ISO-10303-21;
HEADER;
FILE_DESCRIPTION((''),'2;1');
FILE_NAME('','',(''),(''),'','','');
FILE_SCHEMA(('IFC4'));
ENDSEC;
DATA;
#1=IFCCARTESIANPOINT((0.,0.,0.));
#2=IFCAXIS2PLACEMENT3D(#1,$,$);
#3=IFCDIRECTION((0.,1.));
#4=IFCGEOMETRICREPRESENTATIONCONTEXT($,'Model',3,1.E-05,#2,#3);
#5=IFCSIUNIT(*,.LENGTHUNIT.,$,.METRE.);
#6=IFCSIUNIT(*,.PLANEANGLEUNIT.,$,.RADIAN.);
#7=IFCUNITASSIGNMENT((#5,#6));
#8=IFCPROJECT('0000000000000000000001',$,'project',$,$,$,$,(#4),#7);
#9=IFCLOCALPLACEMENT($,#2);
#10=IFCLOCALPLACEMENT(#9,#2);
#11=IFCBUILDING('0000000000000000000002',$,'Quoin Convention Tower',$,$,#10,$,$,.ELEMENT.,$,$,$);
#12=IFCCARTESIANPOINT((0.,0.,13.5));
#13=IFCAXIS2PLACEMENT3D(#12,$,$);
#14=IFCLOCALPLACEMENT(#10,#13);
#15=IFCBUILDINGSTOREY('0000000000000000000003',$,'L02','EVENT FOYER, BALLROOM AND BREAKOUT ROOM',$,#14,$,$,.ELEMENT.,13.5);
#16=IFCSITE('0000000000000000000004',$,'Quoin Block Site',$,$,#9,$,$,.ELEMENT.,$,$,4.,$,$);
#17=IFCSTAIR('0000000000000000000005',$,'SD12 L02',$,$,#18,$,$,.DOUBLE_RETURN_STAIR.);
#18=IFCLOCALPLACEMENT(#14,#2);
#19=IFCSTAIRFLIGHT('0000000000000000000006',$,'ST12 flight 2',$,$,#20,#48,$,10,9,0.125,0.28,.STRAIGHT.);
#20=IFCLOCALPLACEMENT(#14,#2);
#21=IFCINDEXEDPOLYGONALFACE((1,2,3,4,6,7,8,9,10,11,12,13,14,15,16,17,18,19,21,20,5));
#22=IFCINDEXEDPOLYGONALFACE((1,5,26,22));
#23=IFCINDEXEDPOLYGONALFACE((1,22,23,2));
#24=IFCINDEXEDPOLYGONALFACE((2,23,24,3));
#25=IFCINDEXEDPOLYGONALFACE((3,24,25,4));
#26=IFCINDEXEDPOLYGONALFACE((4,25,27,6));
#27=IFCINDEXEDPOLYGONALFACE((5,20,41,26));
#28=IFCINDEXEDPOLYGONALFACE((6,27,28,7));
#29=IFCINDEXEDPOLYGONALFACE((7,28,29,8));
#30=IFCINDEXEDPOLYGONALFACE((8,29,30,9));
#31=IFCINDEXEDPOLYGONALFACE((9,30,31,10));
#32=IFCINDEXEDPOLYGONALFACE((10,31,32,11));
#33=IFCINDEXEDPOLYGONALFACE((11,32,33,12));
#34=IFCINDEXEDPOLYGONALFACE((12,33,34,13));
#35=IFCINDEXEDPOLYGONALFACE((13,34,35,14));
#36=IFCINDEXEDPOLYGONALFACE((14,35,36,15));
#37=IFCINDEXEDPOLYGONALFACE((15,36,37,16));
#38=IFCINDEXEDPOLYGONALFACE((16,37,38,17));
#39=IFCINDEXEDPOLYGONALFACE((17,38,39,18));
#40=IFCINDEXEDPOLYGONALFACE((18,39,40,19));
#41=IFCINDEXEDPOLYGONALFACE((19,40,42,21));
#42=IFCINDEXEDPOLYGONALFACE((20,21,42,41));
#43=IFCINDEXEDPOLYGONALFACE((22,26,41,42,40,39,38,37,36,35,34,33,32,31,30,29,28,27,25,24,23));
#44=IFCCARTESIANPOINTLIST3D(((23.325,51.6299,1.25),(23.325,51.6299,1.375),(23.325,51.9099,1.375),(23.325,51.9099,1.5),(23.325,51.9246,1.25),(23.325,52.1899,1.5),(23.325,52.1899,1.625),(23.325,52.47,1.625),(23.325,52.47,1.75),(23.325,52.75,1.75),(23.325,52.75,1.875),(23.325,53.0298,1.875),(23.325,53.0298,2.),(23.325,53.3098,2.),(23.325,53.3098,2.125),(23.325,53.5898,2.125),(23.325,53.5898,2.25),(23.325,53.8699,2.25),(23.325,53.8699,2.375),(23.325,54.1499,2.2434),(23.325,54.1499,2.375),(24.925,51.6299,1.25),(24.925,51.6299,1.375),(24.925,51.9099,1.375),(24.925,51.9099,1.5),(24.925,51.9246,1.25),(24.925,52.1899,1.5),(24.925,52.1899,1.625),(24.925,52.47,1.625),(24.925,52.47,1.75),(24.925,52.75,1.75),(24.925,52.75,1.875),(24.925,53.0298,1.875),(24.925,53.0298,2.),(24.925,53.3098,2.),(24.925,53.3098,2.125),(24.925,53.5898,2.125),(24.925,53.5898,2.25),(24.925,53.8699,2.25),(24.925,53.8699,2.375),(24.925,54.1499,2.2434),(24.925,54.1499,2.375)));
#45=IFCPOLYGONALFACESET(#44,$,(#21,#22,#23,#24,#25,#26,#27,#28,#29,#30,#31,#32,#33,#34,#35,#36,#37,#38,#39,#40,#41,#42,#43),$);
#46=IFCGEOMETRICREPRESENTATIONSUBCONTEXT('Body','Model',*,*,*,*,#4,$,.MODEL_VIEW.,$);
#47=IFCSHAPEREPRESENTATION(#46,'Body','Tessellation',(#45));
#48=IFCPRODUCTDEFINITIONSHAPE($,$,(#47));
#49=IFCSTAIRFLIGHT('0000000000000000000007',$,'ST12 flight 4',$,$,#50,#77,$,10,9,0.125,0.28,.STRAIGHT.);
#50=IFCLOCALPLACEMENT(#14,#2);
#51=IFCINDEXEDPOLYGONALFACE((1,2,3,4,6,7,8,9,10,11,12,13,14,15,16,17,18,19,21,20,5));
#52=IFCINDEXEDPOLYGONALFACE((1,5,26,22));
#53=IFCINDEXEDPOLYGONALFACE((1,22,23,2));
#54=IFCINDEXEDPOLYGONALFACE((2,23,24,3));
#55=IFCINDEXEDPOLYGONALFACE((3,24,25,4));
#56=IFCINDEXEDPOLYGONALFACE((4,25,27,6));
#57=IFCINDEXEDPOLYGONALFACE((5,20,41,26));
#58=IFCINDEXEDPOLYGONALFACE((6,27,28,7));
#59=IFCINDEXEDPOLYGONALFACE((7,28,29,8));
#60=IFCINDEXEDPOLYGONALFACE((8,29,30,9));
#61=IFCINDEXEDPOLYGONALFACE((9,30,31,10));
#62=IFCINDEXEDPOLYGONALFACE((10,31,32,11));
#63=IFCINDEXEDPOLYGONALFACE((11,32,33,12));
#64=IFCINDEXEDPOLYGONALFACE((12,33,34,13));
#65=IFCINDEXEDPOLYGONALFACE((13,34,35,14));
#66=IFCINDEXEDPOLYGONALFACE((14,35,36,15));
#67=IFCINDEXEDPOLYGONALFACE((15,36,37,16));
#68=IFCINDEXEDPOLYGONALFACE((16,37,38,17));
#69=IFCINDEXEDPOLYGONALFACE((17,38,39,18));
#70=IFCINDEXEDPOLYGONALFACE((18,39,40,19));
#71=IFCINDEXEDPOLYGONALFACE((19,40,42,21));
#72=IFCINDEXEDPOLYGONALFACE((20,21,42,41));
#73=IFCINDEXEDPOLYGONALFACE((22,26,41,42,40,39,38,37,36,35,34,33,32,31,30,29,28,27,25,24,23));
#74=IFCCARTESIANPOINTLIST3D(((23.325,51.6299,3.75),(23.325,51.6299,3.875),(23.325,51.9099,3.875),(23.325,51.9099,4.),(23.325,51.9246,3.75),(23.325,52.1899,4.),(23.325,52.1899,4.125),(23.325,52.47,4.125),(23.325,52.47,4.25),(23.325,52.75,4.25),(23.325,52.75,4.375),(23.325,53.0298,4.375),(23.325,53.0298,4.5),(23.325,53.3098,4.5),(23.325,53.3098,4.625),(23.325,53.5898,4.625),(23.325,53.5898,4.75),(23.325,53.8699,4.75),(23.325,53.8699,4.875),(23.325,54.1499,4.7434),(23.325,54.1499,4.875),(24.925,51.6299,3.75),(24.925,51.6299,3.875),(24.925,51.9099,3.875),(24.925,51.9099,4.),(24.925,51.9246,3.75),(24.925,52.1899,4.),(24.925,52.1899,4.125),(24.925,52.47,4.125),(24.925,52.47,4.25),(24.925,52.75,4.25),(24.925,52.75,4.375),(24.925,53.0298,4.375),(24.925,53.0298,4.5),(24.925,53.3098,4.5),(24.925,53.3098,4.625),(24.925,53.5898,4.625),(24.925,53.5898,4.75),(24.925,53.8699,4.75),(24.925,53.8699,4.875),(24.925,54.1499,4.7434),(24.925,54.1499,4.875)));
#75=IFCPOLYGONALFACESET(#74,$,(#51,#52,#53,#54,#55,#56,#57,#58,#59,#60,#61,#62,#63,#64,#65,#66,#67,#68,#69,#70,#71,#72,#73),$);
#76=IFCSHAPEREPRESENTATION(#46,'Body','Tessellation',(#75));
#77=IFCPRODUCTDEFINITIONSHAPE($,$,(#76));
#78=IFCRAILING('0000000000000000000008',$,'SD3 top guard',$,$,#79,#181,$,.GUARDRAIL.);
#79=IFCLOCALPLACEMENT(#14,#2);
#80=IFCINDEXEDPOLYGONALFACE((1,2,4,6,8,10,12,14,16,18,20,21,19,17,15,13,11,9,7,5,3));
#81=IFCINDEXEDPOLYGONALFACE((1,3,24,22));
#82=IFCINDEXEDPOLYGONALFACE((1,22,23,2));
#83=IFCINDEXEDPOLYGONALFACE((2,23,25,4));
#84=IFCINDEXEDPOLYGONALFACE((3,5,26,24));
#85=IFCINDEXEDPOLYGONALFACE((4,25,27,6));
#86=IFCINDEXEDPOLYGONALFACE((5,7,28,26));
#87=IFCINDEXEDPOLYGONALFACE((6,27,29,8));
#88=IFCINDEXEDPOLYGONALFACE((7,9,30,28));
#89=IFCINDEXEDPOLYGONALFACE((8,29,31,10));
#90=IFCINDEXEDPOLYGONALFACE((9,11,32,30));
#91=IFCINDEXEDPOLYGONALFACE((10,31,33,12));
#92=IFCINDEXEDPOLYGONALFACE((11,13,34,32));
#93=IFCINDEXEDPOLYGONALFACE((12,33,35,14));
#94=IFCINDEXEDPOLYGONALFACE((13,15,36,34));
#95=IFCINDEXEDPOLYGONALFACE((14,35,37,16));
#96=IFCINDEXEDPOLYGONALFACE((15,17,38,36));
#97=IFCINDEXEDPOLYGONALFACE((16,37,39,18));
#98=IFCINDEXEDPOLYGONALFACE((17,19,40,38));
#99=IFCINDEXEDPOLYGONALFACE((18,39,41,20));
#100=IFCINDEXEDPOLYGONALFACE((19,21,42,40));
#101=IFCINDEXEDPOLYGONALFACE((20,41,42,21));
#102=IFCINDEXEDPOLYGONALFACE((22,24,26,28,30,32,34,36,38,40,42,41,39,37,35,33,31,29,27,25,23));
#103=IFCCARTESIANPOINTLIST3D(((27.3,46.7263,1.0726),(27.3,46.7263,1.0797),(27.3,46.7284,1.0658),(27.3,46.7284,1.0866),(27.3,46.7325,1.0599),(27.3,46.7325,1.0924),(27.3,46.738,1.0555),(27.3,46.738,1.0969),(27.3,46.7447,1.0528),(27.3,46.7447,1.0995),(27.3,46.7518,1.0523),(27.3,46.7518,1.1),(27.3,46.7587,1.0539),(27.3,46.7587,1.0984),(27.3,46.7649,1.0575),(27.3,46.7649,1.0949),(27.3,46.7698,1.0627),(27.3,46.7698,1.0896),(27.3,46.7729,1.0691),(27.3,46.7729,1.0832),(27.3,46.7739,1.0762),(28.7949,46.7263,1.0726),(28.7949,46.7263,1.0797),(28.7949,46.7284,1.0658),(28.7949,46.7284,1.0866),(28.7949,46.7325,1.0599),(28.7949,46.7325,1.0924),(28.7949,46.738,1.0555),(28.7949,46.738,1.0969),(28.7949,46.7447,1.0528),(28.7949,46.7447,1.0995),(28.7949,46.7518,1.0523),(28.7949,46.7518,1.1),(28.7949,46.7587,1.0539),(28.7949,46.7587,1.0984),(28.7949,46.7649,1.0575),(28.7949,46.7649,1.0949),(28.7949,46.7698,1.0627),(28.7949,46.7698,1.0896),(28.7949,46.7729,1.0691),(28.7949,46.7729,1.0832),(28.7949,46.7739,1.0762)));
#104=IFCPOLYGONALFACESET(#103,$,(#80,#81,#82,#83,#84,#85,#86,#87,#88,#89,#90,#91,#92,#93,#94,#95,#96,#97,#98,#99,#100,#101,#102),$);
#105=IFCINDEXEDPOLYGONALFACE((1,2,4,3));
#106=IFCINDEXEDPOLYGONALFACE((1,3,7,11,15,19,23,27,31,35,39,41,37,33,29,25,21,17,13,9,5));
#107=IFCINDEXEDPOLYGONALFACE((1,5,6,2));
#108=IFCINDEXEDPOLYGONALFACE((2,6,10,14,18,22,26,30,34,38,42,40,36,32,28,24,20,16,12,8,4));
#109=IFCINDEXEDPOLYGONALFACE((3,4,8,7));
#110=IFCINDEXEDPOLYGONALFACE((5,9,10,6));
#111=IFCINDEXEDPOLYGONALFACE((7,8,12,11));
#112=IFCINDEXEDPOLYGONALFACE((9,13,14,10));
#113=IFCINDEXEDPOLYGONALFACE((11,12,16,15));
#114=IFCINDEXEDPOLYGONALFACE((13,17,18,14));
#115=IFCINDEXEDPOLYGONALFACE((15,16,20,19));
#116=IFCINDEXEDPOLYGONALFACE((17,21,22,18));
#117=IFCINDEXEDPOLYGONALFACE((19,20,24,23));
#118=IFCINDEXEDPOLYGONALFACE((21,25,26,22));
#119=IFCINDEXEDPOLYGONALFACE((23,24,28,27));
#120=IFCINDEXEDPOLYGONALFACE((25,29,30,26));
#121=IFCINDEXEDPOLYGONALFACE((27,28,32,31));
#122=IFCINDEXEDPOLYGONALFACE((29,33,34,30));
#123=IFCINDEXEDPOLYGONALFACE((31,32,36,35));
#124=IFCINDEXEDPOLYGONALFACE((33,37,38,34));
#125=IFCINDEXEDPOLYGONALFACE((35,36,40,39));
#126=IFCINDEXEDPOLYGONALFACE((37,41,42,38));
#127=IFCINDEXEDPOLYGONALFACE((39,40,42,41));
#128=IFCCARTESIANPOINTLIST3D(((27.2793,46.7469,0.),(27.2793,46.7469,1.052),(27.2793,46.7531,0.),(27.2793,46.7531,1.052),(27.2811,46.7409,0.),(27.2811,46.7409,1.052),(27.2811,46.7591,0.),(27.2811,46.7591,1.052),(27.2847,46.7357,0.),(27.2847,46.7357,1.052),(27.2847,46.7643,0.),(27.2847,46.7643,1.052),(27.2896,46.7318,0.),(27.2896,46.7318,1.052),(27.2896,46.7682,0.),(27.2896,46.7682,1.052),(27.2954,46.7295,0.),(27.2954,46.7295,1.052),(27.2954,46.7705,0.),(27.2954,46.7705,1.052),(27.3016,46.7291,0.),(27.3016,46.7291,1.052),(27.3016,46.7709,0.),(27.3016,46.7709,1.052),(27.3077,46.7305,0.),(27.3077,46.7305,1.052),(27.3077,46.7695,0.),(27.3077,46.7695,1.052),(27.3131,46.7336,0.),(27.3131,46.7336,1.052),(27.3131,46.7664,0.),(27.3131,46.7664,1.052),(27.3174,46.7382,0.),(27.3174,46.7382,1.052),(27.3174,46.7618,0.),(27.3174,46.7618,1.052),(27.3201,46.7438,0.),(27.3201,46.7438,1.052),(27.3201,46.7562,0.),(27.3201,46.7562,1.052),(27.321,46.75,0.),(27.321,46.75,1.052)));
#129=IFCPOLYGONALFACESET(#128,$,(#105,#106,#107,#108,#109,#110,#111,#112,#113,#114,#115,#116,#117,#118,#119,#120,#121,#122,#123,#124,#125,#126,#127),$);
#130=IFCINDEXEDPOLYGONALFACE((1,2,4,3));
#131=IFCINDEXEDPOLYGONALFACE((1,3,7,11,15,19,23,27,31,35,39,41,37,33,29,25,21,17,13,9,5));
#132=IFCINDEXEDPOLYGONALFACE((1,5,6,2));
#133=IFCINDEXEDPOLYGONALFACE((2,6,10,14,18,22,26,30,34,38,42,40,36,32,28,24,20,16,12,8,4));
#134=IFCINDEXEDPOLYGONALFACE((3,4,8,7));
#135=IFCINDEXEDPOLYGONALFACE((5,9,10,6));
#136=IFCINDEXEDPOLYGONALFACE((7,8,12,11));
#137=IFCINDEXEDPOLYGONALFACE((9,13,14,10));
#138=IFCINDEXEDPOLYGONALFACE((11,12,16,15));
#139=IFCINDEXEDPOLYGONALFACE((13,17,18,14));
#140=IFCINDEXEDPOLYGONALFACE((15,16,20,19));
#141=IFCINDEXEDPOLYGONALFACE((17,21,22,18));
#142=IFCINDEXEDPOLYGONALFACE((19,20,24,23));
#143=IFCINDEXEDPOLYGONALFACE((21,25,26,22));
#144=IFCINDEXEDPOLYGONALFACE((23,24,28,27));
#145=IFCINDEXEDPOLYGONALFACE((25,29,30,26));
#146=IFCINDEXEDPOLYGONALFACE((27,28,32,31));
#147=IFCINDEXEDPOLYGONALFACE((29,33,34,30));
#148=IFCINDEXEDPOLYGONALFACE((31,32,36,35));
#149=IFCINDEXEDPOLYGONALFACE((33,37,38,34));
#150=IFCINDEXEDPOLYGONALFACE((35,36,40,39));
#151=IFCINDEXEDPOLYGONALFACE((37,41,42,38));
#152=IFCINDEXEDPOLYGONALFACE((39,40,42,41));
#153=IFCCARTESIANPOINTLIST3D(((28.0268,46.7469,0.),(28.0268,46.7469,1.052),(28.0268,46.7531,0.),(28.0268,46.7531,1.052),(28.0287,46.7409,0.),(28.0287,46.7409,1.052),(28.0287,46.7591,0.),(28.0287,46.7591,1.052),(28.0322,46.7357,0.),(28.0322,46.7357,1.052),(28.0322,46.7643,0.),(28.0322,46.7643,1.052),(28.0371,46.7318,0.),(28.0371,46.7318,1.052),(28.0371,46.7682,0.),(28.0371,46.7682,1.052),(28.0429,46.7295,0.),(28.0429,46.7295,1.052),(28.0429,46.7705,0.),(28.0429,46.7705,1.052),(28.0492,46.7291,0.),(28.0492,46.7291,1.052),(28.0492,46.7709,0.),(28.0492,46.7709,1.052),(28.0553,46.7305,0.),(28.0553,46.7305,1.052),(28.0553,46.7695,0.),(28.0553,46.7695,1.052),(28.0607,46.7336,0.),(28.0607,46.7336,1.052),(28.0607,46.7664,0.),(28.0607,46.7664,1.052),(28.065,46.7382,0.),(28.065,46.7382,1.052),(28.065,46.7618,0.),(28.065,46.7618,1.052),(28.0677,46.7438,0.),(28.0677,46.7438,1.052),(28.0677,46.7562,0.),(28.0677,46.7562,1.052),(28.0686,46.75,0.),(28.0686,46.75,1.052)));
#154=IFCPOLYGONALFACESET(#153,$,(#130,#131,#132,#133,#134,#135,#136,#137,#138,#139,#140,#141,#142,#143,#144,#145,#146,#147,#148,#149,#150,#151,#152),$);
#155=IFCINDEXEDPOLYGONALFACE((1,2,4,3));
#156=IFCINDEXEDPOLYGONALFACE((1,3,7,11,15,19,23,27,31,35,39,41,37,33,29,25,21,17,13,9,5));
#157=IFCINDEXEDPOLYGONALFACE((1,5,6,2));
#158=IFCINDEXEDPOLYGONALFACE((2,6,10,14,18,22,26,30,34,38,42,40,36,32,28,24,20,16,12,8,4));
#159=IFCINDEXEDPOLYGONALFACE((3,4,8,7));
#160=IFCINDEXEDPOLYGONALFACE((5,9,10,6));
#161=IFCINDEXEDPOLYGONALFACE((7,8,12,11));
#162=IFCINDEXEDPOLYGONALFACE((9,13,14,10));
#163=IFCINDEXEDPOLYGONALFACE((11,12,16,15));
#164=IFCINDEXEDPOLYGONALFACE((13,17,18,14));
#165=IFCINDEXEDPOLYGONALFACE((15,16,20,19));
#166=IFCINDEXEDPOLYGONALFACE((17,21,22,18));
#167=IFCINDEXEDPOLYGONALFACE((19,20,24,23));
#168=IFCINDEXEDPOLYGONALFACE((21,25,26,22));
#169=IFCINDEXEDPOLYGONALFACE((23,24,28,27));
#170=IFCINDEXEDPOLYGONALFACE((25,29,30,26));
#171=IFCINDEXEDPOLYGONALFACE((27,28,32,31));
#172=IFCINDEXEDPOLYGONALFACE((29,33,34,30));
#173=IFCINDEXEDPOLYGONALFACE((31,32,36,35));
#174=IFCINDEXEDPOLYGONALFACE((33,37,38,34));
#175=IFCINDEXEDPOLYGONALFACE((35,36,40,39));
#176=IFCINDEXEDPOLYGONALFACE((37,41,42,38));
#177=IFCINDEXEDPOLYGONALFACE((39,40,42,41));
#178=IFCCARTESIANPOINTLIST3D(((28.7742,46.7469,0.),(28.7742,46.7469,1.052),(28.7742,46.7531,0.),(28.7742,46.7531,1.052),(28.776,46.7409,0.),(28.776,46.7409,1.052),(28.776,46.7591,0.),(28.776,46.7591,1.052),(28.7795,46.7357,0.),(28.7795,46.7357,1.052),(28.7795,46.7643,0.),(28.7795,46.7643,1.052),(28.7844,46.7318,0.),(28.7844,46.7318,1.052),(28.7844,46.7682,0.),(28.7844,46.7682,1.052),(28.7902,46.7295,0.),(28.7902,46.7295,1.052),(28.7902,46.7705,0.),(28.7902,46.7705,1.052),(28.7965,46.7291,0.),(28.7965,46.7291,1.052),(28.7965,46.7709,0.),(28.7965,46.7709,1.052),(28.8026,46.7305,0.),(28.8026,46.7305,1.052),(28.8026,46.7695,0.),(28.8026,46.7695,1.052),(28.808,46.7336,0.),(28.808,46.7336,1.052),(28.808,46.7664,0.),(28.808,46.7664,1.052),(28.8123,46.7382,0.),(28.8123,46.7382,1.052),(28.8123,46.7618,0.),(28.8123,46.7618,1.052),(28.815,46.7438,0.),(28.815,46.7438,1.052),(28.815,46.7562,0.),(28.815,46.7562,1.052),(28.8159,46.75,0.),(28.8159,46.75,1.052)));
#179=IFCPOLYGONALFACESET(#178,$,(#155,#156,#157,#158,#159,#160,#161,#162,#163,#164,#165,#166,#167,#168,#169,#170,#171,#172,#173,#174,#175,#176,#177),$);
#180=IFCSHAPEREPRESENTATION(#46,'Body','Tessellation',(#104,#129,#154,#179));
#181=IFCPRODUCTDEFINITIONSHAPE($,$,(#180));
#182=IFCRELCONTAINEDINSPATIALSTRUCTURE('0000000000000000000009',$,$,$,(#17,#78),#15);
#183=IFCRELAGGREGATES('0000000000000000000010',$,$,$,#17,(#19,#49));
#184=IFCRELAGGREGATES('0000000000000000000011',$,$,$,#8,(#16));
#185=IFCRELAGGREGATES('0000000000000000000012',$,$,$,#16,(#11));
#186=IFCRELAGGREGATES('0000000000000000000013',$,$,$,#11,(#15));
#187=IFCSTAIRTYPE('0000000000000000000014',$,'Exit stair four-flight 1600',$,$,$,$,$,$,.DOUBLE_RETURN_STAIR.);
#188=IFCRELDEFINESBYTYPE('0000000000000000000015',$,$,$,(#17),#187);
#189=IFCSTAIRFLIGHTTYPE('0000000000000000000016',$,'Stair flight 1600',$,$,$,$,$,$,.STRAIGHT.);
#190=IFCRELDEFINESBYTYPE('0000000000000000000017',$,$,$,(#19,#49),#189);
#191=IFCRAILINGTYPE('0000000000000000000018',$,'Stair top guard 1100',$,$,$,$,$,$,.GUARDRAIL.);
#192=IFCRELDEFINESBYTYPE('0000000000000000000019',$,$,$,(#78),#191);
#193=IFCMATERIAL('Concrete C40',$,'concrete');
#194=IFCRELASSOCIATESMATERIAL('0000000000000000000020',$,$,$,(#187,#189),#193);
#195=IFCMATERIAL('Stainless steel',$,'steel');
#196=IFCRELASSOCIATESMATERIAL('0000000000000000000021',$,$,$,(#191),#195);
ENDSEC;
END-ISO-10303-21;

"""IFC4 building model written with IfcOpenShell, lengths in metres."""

from ifc_helpers import new_model, si_unit, direction, frame, origin, origin_2d, place, context, subcontext, project, spatial, polyline, circle, outline, extrude, material, type_object, element, aggregate, save


model = new_model("IFC4")

# Units and contexts
model_context = context("Model", 3, precision=1e-05, world=origin(), true_north=direction((0.0, 1.0)))
body_context = subcontext(model_context, "Body", "Model", "MODEL_VIEW")
ifc_project = project(units=[si_unit("LENGTHUNIT", "METRE"), si_unit("PLANEANGLEUNIT", "RADIAN")], contexts=[model_context])

# Site, building, storey
site_placement = place(None, origin())
site = spatial("IfcSite", under=ifc_project, at=site_placement, Name="Quoin Block Site", CompositionType="ELEMENT", RefElevation=4.0)
building_placement = place(site_placement, origin())
building = spatial("IfcBuilding", under=site, at=building_placement, Name="Quoin Convention Tower", CompositionType="ELEMENT")
storey_placement = place(building_placement, frame((0.0, 0.0, 13.5)))
storey = spatial("IfcBuildingStorey", under=building, at=storey_placement, Name="L02", Description="EVENT FOYER, BALLROOM AND BREAKOUT ROOM", CompositionType="ELEMENT", Elevation=13.5)

# Stair, stair flights
ifc_material_1 = material(Name="Concrete C40", Category="concrete")
stair_type_1 = type_object("IfcStairType", Name="Exit stair four-flight 1600", PredefinedType="DOUBLE_RETURN_STAIR", material=ifc_material_1)
stair_flight_type_1 = type_object("IfcStairFlightType", Name="Stair flight 1600", PredefinedType="STRAIGHT", material=ifc_material_1)
stair_1_placement = place(storey_placement, origin())
stair_1 = element("IfcStair", 1, at=stair_1_placement, inside=storey, type_object=stair_type_1, Name="SD12 L02", PredefinedType="DOUBLE_RETURN_STAIR")
stair_flight_1_placement = place(storey_placement, frame((24.125, 51.6299, 1.25), z_axis=(0.0, 0.0, 1.0), x_axis=(0.0, 1.0, 0.0)))
stair_flight_1 = element("IfcStairFlight", 2, at=stair_flight_1_placement, type_object=stair_flight_type_1, Name="ST12 flight 2", NumberOfRisers=10, NumberOfTreads=9, PredefinedType="STRAIGHT", RiserHeight=0.125, TreadLength=0.28, context=body_context, shape_type="SweptSolid", body=[
    extrude(outline(polyline([(0.0, 0.0), (0.0, 0.125), (0.28, 0.125), (0.28, 0.25), (0.5601, 0.25), (0.5601, 0.375), (0.8401, 0.375), (0.8401, 0.5), (1.1201, 0.5), (1.1201, 0.625), (1.3999, 0.625), (1.3999, 0.75), (1.6799, 0.75), (1.6799, 0.875), (1.96, 0.875), (1.96, 1.0), (2.24, 1.0), (2.24, 1.125), (2.52, 1.125), (2.52, 1.25), (2.52, 0.9934), (0.2947, 0.0), (0.0, 0.0)])), frame((0.0, 0.8, 0.0), z_axis=(0.0, -1.0, 0.0), x_axis=(1.0, 0.0, 0.0)), (0.0, 0.0, 1.0), 1.6001),
])
stair_flight_2_placement = place(storey_placement, frame((24.125, 51.6299, 3.75), z_axis=(0.0, 0.0, 1.0), x_axis=(0.0, 1.0, 0.0)))
stair_flight_2 = element("IfcStairFlight", 3, at=stair_flight_2_placement, type_object=stair_flight_type_1, Name="ST12 flight 4", NumberOfRisers=10, NumberOfTreads=9, PredefinedType="STRAIGHT", RiserHeight=0.125, TreadLength=0.28, context=body_context, shape_type="SweptSolid", body=[
    extrude(outline(polyline([(0.0, 0.0), (0.0, 0.125), (0.28, 0.125), (0.28, 0.25), (0.5601, 0.25), (0.5601, 0.375), (0.8401, 0.375), (0.8401, 0.5), (1.1201, 0.5), (1.1201, 0.625), (1.3999, 0.625), (1.3999, 0.75), (1.6799, 0.75), (1.6799, 0.875), (1.96, 0.875), (1.96, 1.0), (2.24, 1.0), (2.24, 1.125), (2.52, 1.125), (2.52, 1.25), (2.52, 0.9934), (0.2947, 0.0), (0.0, 0.0)])), frame((0.0, 0.8, 0.0), z_axis=(0.0, -1.0, 0.0), x_axis=(1.0, 0.0, 0.0)), (0.0, 0.0, 1.0), 1.6001),
])
aggregate(stair_1, [stair_flight_1, stair_flight_2])

# Railing
ifc_material_2 = material(Name="Stainless steel", Category="steel")
railing_type_1 = type_object("IfcRailingType", Name="Stair top guard 1100", PredefinedType="GUARDRAIL", material=ifc_material_2)
railing_1_placement = place(storey_placement, frame((27.3, 46.75, 0.0)))
element("IfcRailing", 4, at=railing_1_placement, inside=storey, type_object=railing_type_1, Name="SD3 top guard", PredefinedType="GUARDRAIL", context=body_context, shape_type="SweptSolid", body=[
    extrude(circle(Radius=0.0239, at=origin_2d()), frame((0.0, 0.0, 1.0762), z_axis=(1.0, 0.0, 0.0), x_axis=(0.0, 1.0, 0.0)), (0.0, 0.0, 1.0), 1.4949),
    extrude(circle(Radius=0.021, at=origin_2d()), origin(), (0.0, 0.0, 1.0), 1.052),
    extrude(circle(Radius=0.021, at=origin_2d()), frame((0.7476, 0.0, 0.0)), (0.0, 0.0, 1.0), 1.052),
    extrude(circle(Radius=0.021, at=origin_2d()), frame((1.4949, 0.0, 0.0)), (0.0, 0.0, 1.0), 1.052),
])

save(model, "model.ifc")
